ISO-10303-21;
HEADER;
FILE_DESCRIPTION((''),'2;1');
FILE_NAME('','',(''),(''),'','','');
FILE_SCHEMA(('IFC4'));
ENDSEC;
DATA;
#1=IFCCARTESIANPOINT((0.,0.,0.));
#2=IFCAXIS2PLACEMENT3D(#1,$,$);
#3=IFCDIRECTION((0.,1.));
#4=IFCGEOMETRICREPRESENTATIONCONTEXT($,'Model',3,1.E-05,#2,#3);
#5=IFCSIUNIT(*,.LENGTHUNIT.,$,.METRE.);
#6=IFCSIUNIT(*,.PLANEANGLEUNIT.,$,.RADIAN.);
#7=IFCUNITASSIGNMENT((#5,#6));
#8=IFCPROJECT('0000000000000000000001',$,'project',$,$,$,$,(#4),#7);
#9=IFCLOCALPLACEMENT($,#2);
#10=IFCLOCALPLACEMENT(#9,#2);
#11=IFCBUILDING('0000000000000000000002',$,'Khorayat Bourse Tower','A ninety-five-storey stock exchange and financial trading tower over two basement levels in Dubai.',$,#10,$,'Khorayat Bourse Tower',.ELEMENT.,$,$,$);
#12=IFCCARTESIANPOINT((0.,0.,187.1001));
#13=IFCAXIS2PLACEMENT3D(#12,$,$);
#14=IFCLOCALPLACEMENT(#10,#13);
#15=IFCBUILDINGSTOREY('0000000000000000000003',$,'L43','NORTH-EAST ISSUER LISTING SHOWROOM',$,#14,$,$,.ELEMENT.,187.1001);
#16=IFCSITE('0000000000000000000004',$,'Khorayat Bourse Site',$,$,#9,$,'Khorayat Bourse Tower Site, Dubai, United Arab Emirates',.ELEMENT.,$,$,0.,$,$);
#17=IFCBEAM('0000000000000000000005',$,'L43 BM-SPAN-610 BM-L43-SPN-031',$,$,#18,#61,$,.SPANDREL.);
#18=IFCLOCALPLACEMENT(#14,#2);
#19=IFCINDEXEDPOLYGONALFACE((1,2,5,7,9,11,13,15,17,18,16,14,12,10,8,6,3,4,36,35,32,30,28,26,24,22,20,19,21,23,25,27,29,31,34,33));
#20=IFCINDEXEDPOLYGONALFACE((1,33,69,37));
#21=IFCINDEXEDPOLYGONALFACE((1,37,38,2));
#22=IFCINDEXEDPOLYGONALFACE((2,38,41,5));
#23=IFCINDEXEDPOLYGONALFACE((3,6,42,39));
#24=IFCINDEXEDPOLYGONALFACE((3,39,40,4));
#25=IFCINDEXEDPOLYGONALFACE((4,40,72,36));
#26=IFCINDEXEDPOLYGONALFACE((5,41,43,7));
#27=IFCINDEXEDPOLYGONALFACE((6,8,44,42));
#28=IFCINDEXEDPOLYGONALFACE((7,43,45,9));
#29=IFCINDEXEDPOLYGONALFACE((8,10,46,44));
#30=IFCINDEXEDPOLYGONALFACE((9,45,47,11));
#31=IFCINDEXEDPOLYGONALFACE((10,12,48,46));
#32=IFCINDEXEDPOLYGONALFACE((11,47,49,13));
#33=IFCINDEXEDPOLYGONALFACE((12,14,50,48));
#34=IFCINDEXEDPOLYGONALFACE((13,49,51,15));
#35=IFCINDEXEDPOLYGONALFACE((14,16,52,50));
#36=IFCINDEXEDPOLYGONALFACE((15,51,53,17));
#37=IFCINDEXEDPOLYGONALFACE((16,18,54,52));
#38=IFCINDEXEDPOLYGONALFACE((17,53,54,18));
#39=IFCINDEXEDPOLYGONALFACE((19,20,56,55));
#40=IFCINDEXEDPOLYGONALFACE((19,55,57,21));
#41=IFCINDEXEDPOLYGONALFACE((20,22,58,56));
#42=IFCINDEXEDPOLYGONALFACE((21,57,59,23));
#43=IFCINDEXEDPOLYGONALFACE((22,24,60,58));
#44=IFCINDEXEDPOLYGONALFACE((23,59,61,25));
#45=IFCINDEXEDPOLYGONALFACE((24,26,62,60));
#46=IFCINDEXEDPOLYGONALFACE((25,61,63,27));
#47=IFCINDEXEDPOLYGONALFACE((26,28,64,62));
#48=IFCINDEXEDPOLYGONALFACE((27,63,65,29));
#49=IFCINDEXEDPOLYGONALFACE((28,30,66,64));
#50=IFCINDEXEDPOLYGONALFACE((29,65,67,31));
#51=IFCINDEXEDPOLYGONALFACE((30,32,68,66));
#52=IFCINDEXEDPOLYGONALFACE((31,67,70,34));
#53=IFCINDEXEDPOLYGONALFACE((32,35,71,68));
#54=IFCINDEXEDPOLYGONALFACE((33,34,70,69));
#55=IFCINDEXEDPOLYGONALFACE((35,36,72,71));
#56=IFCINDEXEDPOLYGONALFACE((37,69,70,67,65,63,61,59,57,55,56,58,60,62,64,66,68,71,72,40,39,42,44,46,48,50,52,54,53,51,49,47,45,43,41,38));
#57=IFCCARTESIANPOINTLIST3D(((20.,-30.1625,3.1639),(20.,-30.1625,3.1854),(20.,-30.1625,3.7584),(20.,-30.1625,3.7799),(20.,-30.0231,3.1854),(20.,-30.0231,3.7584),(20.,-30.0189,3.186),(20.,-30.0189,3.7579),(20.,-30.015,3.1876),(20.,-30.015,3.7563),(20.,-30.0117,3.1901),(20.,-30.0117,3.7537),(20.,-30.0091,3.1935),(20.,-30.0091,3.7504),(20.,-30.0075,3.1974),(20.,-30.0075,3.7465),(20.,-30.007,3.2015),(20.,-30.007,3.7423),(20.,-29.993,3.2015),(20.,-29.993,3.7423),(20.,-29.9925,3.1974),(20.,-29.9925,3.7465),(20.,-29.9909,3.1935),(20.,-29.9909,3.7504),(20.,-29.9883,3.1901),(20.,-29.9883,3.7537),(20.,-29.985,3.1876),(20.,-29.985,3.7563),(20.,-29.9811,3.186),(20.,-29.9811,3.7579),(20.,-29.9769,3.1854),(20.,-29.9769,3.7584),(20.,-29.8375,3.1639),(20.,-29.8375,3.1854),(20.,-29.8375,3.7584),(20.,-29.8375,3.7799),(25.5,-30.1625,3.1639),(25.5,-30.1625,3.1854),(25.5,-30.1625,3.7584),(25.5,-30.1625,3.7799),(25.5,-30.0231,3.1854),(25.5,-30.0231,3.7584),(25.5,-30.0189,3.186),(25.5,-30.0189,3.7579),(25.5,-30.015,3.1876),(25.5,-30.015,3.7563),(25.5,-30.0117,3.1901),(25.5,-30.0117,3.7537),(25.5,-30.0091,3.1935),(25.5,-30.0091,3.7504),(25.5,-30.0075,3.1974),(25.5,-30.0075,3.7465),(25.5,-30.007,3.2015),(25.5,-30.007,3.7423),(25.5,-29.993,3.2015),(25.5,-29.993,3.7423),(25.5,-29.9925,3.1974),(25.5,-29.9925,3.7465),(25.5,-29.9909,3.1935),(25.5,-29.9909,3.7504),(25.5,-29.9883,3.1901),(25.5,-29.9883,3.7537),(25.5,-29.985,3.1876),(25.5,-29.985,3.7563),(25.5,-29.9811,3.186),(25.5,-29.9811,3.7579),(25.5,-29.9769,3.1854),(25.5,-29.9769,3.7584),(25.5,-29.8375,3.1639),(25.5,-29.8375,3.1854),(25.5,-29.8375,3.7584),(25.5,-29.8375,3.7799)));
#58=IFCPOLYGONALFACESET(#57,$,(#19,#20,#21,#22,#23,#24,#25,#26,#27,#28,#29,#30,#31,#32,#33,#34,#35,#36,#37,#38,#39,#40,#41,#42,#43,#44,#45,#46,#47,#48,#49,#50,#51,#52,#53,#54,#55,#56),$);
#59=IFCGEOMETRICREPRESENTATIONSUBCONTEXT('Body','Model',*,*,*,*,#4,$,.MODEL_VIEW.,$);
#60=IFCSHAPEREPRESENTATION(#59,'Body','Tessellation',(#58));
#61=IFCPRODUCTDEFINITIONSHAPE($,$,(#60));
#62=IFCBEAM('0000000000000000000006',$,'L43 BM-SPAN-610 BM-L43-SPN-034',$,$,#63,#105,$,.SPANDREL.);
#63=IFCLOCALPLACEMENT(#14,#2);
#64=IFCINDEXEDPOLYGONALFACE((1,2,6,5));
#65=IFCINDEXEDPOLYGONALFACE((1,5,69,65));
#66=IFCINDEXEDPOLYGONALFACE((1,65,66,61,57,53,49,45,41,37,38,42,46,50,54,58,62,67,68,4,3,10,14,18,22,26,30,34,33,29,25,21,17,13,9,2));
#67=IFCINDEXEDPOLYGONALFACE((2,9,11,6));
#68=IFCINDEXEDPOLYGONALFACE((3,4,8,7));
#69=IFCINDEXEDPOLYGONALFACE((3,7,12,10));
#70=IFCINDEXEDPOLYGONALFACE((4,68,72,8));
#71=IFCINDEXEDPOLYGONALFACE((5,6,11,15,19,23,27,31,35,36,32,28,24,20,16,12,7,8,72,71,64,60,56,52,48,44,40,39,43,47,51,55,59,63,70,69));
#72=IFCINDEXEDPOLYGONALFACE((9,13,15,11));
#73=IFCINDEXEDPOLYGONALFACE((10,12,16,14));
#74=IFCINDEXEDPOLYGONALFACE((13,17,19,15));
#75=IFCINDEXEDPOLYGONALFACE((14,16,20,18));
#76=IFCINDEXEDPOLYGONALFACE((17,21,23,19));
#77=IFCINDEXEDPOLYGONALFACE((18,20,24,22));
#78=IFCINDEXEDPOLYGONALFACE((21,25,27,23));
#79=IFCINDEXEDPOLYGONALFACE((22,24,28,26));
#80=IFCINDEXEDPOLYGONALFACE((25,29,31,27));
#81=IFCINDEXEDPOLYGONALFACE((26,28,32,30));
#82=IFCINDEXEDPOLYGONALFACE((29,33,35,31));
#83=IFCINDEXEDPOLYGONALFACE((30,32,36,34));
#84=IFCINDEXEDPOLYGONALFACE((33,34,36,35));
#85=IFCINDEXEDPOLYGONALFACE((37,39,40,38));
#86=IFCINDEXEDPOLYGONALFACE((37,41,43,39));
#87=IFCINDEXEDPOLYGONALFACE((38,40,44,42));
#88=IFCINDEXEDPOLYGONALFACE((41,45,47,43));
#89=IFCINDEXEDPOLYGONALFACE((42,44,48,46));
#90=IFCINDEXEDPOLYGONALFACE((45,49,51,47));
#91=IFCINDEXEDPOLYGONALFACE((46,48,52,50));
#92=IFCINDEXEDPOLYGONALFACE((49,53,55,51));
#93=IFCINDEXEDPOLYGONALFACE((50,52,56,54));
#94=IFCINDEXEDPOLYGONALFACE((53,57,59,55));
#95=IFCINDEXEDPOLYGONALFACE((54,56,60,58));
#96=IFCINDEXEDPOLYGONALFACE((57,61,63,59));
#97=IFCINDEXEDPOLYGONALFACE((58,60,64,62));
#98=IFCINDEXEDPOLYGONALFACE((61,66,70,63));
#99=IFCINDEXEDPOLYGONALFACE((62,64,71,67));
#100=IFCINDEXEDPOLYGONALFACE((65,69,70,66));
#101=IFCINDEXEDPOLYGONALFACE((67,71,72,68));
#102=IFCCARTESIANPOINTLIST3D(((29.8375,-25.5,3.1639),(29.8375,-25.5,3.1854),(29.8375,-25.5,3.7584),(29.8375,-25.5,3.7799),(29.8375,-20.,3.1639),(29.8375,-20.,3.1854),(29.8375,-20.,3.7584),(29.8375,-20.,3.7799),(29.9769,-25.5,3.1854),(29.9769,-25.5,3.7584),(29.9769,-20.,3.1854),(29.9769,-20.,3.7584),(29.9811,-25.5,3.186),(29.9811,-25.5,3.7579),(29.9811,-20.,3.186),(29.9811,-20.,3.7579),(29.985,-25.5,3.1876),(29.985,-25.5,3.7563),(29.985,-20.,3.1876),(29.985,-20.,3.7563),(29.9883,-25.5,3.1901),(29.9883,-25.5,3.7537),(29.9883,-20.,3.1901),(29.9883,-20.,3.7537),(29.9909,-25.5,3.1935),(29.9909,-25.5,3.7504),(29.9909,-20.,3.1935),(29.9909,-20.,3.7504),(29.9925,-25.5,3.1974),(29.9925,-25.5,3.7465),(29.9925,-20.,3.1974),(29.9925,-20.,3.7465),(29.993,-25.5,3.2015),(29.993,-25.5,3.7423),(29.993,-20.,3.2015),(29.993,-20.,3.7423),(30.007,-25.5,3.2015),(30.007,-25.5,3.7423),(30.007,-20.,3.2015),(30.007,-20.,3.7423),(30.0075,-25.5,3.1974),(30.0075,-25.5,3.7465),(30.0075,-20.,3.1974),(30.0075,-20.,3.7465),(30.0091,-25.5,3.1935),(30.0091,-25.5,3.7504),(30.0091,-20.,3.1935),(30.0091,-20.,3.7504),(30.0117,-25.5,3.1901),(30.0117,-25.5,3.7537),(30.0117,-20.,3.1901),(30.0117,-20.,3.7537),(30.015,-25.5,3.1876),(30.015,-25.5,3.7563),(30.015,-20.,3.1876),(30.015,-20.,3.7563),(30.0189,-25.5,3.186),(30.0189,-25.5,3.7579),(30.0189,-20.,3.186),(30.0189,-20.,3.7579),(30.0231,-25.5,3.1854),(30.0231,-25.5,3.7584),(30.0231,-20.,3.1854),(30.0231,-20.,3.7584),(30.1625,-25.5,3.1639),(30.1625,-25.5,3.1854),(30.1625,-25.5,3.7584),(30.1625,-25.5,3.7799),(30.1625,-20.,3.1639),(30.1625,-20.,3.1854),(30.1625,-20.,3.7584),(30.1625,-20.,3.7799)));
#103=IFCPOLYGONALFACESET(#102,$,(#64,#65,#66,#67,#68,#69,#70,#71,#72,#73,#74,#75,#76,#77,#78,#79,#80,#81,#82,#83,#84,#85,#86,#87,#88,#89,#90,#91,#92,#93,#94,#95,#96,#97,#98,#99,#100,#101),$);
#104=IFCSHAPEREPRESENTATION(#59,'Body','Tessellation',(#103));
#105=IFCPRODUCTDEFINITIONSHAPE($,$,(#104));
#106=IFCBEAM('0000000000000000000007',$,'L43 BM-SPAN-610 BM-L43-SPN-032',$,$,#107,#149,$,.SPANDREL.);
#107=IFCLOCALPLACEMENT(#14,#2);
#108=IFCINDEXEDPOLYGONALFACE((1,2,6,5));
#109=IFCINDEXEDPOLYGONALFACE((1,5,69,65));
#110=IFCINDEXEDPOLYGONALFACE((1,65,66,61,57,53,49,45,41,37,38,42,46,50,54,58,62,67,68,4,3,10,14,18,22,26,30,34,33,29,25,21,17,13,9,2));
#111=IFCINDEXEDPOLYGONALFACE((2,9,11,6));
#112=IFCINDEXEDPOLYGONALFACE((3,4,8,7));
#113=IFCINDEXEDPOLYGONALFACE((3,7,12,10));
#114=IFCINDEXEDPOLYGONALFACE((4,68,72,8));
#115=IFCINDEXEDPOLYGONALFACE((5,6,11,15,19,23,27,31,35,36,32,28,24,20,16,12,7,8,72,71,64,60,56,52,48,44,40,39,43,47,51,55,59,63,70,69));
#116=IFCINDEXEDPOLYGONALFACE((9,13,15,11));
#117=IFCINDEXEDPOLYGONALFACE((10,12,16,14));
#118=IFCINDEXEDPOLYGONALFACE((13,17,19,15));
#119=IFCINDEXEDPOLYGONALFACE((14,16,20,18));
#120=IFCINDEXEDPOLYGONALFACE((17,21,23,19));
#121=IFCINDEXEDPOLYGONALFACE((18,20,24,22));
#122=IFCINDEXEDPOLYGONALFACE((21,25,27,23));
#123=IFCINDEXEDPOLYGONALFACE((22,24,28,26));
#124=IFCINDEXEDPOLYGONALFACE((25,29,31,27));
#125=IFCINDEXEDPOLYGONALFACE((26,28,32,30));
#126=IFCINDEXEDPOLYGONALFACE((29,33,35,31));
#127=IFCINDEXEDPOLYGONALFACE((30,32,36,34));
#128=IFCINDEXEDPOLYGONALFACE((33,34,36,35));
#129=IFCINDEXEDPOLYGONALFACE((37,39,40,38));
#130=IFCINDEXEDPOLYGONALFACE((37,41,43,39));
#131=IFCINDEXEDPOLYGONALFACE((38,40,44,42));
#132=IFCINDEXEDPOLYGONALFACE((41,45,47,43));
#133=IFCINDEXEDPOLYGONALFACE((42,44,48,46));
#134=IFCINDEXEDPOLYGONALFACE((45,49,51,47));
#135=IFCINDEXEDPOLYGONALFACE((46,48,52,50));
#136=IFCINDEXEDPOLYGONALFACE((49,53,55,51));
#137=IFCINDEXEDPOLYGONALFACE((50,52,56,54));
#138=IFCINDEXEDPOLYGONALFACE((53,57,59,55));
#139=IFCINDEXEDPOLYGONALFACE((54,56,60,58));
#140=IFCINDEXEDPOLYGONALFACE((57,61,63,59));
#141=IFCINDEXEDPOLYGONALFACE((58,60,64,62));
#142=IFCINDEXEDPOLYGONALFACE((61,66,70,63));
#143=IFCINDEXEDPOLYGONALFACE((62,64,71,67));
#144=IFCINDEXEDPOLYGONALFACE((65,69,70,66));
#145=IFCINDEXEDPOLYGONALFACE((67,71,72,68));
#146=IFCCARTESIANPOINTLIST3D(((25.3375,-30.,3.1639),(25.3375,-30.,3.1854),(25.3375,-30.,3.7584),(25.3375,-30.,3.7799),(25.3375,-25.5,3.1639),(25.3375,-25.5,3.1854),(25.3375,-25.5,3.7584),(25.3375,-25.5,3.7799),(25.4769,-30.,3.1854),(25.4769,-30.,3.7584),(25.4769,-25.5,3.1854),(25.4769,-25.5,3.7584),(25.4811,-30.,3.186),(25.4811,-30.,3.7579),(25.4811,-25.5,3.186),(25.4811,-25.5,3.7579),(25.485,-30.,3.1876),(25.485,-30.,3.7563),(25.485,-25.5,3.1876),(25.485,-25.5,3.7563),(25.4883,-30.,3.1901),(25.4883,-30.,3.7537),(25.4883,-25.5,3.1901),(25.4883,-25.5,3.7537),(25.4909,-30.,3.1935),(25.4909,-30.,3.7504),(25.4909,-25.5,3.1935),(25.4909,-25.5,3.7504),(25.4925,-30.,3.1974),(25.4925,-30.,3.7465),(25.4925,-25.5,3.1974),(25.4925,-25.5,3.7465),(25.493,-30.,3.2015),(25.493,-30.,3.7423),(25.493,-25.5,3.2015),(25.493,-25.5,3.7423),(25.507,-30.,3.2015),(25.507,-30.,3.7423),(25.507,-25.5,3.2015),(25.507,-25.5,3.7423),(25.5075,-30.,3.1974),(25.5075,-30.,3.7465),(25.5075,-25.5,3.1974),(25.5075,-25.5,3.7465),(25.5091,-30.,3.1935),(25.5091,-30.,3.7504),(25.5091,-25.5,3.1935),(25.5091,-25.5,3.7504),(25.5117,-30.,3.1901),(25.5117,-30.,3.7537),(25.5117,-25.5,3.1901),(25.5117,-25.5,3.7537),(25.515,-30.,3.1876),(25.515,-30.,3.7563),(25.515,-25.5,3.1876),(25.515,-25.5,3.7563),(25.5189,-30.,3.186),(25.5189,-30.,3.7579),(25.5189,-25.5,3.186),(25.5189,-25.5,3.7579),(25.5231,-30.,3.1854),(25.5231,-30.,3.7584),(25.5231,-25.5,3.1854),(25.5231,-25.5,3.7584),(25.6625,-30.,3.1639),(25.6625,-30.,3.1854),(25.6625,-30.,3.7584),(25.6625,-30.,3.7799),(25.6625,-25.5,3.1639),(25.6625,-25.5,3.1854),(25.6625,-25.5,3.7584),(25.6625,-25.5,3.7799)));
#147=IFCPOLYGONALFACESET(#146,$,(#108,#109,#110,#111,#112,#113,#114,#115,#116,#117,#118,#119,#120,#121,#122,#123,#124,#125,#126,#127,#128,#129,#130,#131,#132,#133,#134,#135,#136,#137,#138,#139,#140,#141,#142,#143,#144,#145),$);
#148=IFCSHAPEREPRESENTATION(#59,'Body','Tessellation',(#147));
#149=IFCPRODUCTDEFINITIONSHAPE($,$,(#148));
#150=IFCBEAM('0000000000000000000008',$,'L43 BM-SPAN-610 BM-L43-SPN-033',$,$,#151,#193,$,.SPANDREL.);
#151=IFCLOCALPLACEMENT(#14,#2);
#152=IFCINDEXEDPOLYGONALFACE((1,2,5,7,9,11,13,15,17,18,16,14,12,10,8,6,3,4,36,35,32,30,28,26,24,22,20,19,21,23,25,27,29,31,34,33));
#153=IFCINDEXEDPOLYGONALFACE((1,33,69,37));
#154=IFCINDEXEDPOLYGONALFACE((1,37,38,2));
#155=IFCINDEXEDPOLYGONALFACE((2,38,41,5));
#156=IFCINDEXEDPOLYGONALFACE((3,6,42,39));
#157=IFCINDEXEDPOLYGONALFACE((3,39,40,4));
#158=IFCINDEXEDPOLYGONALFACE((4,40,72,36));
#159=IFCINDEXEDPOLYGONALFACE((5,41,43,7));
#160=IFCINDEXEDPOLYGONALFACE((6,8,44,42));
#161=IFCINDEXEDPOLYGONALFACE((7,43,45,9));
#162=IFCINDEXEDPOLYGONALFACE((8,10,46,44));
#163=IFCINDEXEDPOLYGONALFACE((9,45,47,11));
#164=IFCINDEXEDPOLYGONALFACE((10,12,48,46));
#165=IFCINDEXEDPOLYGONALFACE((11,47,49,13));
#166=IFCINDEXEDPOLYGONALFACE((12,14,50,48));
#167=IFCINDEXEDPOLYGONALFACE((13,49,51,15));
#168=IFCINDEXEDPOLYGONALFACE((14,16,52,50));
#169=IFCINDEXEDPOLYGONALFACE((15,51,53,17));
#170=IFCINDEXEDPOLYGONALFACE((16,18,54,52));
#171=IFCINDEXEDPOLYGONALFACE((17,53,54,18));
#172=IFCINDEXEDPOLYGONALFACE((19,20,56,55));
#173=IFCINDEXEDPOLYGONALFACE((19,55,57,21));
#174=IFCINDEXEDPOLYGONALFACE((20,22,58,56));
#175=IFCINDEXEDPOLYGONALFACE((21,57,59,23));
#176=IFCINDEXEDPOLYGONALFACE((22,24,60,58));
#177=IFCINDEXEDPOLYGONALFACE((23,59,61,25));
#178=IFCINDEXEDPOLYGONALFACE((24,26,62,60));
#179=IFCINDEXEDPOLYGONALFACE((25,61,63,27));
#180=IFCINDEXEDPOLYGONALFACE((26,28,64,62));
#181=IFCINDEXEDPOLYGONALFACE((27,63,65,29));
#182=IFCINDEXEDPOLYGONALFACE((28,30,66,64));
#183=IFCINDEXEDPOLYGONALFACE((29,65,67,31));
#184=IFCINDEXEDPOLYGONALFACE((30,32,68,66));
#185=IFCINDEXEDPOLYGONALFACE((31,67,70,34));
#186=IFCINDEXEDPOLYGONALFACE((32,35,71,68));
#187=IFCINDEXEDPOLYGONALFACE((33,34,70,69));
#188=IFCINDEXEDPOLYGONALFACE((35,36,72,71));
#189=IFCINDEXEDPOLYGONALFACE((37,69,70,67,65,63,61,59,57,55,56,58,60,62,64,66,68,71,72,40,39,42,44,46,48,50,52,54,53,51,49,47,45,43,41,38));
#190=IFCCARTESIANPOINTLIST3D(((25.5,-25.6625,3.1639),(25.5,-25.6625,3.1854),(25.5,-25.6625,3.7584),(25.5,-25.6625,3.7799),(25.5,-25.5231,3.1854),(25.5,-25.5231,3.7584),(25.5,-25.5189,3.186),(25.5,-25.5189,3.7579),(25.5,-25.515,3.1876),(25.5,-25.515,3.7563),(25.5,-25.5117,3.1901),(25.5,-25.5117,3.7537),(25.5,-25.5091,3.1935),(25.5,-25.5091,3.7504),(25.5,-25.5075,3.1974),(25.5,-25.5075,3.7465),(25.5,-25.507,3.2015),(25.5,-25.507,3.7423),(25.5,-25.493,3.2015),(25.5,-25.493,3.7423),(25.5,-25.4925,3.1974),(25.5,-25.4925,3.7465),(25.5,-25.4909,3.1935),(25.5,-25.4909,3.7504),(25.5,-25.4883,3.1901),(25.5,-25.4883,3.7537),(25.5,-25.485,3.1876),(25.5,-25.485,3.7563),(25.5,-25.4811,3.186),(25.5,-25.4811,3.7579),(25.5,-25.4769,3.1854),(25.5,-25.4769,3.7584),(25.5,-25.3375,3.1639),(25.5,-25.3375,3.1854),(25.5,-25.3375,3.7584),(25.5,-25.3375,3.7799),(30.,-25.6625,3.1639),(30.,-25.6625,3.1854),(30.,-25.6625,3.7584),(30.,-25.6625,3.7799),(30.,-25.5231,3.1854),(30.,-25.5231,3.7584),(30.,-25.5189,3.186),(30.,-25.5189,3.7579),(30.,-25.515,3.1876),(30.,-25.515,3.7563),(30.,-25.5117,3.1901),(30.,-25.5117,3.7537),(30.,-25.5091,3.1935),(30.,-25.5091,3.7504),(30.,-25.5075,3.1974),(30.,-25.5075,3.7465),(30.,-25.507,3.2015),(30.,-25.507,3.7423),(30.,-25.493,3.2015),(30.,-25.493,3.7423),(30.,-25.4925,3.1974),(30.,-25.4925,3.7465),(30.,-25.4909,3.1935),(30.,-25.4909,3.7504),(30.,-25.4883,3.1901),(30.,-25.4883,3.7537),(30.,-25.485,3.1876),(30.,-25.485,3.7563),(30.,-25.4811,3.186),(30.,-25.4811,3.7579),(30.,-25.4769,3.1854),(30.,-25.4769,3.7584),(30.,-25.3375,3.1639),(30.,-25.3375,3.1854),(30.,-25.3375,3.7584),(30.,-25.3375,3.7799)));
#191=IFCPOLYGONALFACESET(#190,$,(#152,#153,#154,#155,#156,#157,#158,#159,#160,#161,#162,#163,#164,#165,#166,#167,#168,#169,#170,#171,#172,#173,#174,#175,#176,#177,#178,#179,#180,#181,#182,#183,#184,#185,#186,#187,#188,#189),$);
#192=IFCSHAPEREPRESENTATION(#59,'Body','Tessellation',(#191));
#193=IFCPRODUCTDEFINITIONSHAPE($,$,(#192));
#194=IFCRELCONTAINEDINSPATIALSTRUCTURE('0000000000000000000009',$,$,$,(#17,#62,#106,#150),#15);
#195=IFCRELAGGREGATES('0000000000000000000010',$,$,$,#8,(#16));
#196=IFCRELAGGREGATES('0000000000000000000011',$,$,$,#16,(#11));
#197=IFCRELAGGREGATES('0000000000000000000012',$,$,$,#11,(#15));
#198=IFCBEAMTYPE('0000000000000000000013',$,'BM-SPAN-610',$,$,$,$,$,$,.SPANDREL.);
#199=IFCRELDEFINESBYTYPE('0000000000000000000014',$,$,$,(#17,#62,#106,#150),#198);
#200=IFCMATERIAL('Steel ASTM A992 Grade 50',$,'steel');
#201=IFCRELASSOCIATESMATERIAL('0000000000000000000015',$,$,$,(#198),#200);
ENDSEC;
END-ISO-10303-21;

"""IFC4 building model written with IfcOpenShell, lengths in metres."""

from ifc_helpers import new_model, si_unit, direction, frame, origin, origin_2d, place, context, subcontext, project, spatial, i_section, extrude, source, transform, mapped, material, material_profile, profile_set, type_object, element, save


model = new_model("IFC4")

# Units and contexts
model_context = context("Model", 3, precision=1e-05, world=origin(), true_north=direction((0.0, 1.0)))
body_context = subcontext(model_context, "Body", "Model", "MODEL_VIEW")
ifc_project = project(units=[si_unit("LENGTHUNIT", "METRE"), si_unit("PLANEANGLEUNIT", "RADIAN")], contexts=[model_context])

# Site, building, storey
site_placement = place(None, origin())
site = spatial("IfcSite", under=ifc_project, at=site_placement, Name="Khorayat Bourse Site", LongName="Khorayat Bourse Tower Site, Dubai, United Arab Emirates", CompositionType="ELEMENT", RefElevation=0.0)
building_placement = place(site_placement, origin())
building = spatial("IfcBuilding", under=site, at=building_placement, Name="Khorayat Bourse Tower", Description="A ninety-five-storey stock exchange and financial trading tower over two basement levels in Dubai.", LongName="Khorayat Bourse Tower", CompositionType="ELEMENT")
storey_placement = place(building_placement, frame((0.0, 0.0, 187.1001)))
storey = spatial("IfcBuildingStorey", under=building, at=storey_placement, Name="L43", Description="NORTH-EAST ISSUER LISTING SHOWROOM", CompositionType="ELEMENT", Elevation=187.1001)

# Beams
ifc_material_1 = material(Name="Steel ASTM A992 Grade 50", Category="steel")
ifc_material_profile_1 = material_profile(ifc_material_1, i_section(OverallWidth=0.325, OverallDepth=0.616, WebThickness=0.0139, FlangeThickness=0.0215, FilletRadius=0.0161, at=origin_2d()), Name="W610X174")
ifc_profile_set_1 = profile_set([ifc_material_profile_1], Name="Steel ASTM A992 Grade 50")
beam_type_1 = type_object("IfcBeamType", Name="BM-SPAN-610", PredefinedType="SPANDREL", material=ifc_profile_set_1)
shared_shape_1 = source(origin(), body_context, "Body", "SweptSolid", [
    extrude(i_section(OverallWidth=0.325, OverallDepth=0.616, WebThickness=0.0139, FlangeThickness=0.0215, FilletRadius=0.0161, at=origin_2d()), origin(), (0.0, 0.0, 1.0), 5.5),
])
for number, where, z_axis, x_axis, name in (
    (1, (20.0, -30.0, 3.4719), (1.0, 0.0, 0.0), (0.0, 1.0, 0.0), "L43 BM-SPAN-610 BM-L43-SPN-031"),
    (2, (30.0, -25.5, 3.4719), (0.0, 1.0, 0.0), (-1.0, 0.0, 0.0), "L43 BM-SPAN-610 BM-L43-SPN-034"),
):
    element("IfcBeam", number, at=place(storey_placement, frame(where, z_axis=z_axis, x_axis=x_axis)), inside=storey, type_object=beam_type_1, Name=name, PredefinedType="SPANDREL", context=body_context, shape_type="MappedRepresentation", body=[
        mapped(shared_shape_1, transform((0.0, 0.0, 0.0), scale=1.0)),
    ])
shared_shape_2 = source(origin(), body_context, "Body", "SweptSolid", [
    extrude(i_section(OverallWidth=0.325, OverallDepth=0.616, WebThickness=0.0139, FlangeThickness=0.0215, FilletRadius=0.0161, at=origin_2d()), origin(), (0.0, 0.0, 1.0), 4.5),
])
for number, where, z_axis, x_axis, name in (
    (3, (25.5, -30.0, 3.4719), (0.0, 1.0, 0.0), (-1.0, 0.0, 0.0), "L43 BM-SPAN-610 BM-L43-SPN-032"),
    (4, (25.5, -25.5, 3.4719), (1.0, 0.0, 0.0), (0.0, 1.0, 0.0), "L43 BM-SPAN-610 BM-L43-SPN-033"),
):
    element("IfcBeam", number, at=place(storey_placement, frame(where, z_axis=z_axis, x_axis=x_axis)), inside=storey, type_object=beam_type_1, Name=name, PredefinedType="SPANDREL", context=body_context, shape_type="MappedRepresentation", body=[
        mapped(shared_shape_2, transform((0.0, 0.0, 0.0), scale=1.0)),
    ])

save(model, "model.ifc")
